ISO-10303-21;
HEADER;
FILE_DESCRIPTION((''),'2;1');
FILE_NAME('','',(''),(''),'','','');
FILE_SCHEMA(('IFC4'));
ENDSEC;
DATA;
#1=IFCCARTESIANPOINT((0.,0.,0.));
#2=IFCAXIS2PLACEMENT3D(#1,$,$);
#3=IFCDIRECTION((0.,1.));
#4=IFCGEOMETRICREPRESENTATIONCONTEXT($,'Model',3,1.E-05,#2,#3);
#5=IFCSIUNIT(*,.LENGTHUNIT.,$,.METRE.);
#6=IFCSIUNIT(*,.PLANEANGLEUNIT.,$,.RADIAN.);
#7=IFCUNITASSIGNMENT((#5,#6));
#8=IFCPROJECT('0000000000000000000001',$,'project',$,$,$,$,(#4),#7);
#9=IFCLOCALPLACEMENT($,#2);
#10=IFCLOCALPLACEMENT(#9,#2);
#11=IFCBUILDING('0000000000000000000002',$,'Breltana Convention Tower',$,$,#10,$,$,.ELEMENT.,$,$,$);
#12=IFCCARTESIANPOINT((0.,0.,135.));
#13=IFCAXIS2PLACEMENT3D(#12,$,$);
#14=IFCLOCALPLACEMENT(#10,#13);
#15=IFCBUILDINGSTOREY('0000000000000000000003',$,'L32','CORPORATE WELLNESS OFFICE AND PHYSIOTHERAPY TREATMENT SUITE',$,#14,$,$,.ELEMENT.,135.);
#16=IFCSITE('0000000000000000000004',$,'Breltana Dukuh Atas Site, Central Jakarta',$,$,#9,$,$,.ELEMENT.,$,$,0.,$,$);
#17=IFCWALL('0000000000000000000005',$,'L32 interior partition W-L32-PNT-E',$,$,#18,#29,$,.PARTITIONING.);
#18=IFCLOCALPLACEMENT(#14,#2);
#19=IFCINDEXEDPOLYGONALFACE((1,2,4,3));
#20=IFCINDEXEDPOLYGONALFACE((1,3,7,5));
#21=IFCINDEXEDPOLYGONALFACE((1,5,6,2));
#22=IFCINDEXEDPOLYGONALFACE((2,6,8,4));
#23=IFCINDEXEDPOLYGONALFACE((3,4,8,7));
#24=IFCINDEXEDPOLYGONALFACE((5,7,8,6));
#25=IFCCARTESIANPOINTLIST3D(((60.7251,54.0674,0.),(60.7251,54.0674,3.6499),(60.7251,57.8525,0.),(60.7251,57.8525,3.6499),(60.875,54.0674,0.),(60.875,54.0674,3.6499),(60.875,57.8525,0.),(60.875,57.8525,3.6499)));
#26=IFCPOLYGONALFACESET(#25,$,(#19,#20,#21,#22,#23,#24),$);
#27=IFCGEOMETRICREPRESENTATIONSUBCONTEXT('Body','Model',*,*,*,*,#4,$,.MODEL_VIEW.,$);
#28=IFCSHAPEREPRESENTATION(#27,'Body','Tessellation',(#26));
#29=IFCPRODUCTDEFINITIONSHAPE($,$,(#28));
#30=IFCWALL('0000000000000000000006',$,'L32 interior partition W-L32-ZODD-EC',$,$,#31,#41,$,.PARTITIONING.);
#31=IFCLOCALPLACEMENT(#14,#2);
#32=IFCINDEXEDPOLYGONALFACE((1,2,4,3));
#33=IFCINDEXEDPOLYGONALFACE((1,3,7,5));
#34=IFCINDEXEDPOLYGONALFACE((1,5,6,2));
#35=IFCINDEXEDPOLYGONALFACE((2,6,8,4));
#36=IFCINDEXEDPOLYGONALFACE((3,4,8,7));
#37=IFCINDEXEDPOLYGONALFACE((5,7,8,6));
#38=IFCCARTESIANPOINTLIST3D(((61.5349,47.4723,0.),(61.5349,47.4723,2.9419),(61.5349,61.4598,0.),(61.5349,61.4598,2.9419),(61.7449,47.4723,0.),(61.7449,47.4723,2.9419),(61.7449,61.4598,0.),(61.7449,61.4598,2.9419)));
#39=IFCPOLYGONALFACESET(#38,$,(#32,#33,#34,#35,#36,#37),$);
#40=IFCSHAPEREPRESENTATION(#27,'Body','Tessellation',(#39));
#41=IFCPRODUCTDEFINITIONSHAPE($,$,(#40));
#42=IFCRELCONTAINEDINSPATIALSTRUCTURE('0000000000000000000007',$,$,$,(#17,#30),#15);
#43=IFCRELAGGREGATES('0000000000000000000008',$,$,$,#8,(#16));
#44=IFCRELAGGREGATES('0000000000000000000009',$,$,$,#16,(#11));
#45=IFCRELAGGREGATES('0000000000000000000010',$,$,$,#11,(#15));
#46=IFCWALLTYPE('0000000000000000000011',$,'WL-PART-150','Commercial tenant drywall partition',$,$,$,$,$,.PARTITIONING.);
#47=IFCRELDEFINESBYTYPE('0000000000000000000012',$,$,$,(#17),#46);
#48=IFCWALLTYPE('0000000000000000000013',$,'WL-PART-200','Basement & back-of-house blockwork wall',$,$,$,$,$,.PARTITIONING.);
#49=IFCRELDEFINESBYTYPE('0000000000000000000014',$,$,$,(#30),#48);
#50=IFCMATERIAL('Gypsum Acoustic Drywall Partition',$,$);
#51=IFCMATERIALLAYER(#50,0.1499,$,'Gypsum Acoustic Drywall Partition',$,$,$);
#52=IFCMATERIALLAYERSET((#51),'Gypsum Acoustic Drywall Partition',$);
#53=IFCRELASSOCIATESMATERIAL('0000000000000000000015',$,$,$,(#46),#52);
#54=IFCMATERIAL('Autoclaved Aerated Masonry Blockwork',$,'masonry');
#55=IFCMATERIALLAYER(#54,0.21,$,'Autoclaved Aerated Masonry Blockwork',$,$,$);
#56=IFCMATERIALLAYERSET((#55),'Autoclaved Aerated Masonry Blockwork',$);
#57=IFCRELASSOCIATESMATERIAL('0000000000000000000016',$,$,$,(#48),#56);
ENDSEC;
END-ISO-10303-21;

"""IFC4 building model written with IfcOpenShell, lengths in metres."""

from ifc_helpers import new_model, si_unit, direction, frame, frame_2d, origin, place, context, subcontext, project, spatial, rectangle, extrude, source, transform, mapped, material, layer, layer_set, type_object, element, save


model = new_model("IFC4")

# Units and contexts
model_context = context("Model", 3, precision=1e-05, world=origin(), true_north=direction((0.0, 1.0)))
body_context = subcontext(model_context, "Body", "Model", "MODEL_VIEW")
ifc_project = project(units=[si_unit("LENGTHUNIT", "METRE"), si_unit("PLANEANGLEUNIT", "RADIAN")], contexts=[model_context])

# Site, building, storey
site_placement = place(None, origin())
site = spatial("IfcSite", under=ifc_project, at=site_placement, Name="Breltana Dukuh Atas Site, Central Jakarta", CompositionType="ELEMENT", RefElevation=0.0)
building_placement = place(site_placement, origin())
building = spatial("IfcBuilding", under=site, at=building_placement, Name="Breltana Convention Tower", CompositionType="ELEMENT")
storey_placement = place(building_placement, frame((0.0, 0.0, 135.0)))
storey = spatial("IfcBuildingStorey", under=building, at=storey_placement, Name="L32", Description="CORPORATE WELLNESS OFFICE AND PHYSIOTHERAPY TREATMENT SUITE", CompositionType="ELEMENT", Elevation=135.0)

# Shared definitions
ifc_material_1 = material(Name="Gypsum Acoustic Drywall Partition")
ifc_layer_1 = layer(ifc_material_1, 0.1499, Name="Gypsum Acoustic Drywall Partition")
ifc_layer_set_1 = layer_set([ifc_layer_1], Name="Gypsum Acoustic Drywall Partition")
wall_type_1 = type_object("IfcWallType", Name="WL-PART-150", Description="Commercial tenant drywall partition", PredefinedType="PARTITIONING", material=ifc_layer_set_1)

# Walls
shared_shape_1 = source(origin(), body_context, "Body", "SweptSolid", [
    extrude(rectangle(XDim=3.7852, YDim=0.1499, at=frame_2d((1.8926, 0.0))), origin(), (0.0, 0.0, 1.0), 3.6499),
])
for number, where, z_axis, x_axis, name in (
    (1, (60.8, 54.0674, 0.0), (0.0, 0.0, 1.0), (0.0, 1.0, 0.0), "L32 interior partition W-L32-PNT-E"),
):
    element("IfcWall", number, at=place(storey_placement, frame(where, z_axis=z_axis, x_axis=x_axis)), inside=storey, type_object=wall_type_1, Name=name, PredefinedType="PARTITIONING", context=body_context, shape_type="MappedRepresentation", body=[
        mapped(shared_shape_1, transform((0.0, 0.0, 0.0), scale=1.0)),
    ])
ifc_material_2 = material(Name="Autoclaved Aerated Masonry Blockwork", Category="masonry")
ifc_layer_2 = layer(ifc_material_2, 0.21, Name="Autoclaved Aerated Masonry Blockwork")
ifc_layer_set_2 = layer_set([ifc_layer_2], Name="Autoclaved Aerated Masonry Blockwork")
wall_type_2 = type_object("IfcWallType", Name="WL-PART-200", Description="Basement & back-of-house blockwork wall", PredefinedType="PARTITIONING", material=ifc_layer_set_2)
shared_shape_2 = source(origin(), body_context, "Body", "SweptSolid", [
    extrude(rectangle(XDim=13.9875, YDim=0.21, at=frame_2d((6.9937, 0.0))), origin(), (0.0, 0.0, 1.0), 2.9419),
])
wall_1_placement = place(storey_placement, frame((61.6399, 47.4724, 0.0), z_axis=(0.0, 0.0, 1.0), x_axis=(0.0, 1.0, 0.0)))
element("IfcWall", 2, at=wall_1_placement, inside=storey, type_object=wall_type_2, Name="L32 interior partition W-L32-ZODD-EC", PredefinedType="PARTITIONING", context=body_context, shape_type="MappedRepresentation", body=[
    mapped(shared_shape_2, transform((0.0, 0.0, 0.0), scale=1.0)),
])

save(model, "model.ifc")
